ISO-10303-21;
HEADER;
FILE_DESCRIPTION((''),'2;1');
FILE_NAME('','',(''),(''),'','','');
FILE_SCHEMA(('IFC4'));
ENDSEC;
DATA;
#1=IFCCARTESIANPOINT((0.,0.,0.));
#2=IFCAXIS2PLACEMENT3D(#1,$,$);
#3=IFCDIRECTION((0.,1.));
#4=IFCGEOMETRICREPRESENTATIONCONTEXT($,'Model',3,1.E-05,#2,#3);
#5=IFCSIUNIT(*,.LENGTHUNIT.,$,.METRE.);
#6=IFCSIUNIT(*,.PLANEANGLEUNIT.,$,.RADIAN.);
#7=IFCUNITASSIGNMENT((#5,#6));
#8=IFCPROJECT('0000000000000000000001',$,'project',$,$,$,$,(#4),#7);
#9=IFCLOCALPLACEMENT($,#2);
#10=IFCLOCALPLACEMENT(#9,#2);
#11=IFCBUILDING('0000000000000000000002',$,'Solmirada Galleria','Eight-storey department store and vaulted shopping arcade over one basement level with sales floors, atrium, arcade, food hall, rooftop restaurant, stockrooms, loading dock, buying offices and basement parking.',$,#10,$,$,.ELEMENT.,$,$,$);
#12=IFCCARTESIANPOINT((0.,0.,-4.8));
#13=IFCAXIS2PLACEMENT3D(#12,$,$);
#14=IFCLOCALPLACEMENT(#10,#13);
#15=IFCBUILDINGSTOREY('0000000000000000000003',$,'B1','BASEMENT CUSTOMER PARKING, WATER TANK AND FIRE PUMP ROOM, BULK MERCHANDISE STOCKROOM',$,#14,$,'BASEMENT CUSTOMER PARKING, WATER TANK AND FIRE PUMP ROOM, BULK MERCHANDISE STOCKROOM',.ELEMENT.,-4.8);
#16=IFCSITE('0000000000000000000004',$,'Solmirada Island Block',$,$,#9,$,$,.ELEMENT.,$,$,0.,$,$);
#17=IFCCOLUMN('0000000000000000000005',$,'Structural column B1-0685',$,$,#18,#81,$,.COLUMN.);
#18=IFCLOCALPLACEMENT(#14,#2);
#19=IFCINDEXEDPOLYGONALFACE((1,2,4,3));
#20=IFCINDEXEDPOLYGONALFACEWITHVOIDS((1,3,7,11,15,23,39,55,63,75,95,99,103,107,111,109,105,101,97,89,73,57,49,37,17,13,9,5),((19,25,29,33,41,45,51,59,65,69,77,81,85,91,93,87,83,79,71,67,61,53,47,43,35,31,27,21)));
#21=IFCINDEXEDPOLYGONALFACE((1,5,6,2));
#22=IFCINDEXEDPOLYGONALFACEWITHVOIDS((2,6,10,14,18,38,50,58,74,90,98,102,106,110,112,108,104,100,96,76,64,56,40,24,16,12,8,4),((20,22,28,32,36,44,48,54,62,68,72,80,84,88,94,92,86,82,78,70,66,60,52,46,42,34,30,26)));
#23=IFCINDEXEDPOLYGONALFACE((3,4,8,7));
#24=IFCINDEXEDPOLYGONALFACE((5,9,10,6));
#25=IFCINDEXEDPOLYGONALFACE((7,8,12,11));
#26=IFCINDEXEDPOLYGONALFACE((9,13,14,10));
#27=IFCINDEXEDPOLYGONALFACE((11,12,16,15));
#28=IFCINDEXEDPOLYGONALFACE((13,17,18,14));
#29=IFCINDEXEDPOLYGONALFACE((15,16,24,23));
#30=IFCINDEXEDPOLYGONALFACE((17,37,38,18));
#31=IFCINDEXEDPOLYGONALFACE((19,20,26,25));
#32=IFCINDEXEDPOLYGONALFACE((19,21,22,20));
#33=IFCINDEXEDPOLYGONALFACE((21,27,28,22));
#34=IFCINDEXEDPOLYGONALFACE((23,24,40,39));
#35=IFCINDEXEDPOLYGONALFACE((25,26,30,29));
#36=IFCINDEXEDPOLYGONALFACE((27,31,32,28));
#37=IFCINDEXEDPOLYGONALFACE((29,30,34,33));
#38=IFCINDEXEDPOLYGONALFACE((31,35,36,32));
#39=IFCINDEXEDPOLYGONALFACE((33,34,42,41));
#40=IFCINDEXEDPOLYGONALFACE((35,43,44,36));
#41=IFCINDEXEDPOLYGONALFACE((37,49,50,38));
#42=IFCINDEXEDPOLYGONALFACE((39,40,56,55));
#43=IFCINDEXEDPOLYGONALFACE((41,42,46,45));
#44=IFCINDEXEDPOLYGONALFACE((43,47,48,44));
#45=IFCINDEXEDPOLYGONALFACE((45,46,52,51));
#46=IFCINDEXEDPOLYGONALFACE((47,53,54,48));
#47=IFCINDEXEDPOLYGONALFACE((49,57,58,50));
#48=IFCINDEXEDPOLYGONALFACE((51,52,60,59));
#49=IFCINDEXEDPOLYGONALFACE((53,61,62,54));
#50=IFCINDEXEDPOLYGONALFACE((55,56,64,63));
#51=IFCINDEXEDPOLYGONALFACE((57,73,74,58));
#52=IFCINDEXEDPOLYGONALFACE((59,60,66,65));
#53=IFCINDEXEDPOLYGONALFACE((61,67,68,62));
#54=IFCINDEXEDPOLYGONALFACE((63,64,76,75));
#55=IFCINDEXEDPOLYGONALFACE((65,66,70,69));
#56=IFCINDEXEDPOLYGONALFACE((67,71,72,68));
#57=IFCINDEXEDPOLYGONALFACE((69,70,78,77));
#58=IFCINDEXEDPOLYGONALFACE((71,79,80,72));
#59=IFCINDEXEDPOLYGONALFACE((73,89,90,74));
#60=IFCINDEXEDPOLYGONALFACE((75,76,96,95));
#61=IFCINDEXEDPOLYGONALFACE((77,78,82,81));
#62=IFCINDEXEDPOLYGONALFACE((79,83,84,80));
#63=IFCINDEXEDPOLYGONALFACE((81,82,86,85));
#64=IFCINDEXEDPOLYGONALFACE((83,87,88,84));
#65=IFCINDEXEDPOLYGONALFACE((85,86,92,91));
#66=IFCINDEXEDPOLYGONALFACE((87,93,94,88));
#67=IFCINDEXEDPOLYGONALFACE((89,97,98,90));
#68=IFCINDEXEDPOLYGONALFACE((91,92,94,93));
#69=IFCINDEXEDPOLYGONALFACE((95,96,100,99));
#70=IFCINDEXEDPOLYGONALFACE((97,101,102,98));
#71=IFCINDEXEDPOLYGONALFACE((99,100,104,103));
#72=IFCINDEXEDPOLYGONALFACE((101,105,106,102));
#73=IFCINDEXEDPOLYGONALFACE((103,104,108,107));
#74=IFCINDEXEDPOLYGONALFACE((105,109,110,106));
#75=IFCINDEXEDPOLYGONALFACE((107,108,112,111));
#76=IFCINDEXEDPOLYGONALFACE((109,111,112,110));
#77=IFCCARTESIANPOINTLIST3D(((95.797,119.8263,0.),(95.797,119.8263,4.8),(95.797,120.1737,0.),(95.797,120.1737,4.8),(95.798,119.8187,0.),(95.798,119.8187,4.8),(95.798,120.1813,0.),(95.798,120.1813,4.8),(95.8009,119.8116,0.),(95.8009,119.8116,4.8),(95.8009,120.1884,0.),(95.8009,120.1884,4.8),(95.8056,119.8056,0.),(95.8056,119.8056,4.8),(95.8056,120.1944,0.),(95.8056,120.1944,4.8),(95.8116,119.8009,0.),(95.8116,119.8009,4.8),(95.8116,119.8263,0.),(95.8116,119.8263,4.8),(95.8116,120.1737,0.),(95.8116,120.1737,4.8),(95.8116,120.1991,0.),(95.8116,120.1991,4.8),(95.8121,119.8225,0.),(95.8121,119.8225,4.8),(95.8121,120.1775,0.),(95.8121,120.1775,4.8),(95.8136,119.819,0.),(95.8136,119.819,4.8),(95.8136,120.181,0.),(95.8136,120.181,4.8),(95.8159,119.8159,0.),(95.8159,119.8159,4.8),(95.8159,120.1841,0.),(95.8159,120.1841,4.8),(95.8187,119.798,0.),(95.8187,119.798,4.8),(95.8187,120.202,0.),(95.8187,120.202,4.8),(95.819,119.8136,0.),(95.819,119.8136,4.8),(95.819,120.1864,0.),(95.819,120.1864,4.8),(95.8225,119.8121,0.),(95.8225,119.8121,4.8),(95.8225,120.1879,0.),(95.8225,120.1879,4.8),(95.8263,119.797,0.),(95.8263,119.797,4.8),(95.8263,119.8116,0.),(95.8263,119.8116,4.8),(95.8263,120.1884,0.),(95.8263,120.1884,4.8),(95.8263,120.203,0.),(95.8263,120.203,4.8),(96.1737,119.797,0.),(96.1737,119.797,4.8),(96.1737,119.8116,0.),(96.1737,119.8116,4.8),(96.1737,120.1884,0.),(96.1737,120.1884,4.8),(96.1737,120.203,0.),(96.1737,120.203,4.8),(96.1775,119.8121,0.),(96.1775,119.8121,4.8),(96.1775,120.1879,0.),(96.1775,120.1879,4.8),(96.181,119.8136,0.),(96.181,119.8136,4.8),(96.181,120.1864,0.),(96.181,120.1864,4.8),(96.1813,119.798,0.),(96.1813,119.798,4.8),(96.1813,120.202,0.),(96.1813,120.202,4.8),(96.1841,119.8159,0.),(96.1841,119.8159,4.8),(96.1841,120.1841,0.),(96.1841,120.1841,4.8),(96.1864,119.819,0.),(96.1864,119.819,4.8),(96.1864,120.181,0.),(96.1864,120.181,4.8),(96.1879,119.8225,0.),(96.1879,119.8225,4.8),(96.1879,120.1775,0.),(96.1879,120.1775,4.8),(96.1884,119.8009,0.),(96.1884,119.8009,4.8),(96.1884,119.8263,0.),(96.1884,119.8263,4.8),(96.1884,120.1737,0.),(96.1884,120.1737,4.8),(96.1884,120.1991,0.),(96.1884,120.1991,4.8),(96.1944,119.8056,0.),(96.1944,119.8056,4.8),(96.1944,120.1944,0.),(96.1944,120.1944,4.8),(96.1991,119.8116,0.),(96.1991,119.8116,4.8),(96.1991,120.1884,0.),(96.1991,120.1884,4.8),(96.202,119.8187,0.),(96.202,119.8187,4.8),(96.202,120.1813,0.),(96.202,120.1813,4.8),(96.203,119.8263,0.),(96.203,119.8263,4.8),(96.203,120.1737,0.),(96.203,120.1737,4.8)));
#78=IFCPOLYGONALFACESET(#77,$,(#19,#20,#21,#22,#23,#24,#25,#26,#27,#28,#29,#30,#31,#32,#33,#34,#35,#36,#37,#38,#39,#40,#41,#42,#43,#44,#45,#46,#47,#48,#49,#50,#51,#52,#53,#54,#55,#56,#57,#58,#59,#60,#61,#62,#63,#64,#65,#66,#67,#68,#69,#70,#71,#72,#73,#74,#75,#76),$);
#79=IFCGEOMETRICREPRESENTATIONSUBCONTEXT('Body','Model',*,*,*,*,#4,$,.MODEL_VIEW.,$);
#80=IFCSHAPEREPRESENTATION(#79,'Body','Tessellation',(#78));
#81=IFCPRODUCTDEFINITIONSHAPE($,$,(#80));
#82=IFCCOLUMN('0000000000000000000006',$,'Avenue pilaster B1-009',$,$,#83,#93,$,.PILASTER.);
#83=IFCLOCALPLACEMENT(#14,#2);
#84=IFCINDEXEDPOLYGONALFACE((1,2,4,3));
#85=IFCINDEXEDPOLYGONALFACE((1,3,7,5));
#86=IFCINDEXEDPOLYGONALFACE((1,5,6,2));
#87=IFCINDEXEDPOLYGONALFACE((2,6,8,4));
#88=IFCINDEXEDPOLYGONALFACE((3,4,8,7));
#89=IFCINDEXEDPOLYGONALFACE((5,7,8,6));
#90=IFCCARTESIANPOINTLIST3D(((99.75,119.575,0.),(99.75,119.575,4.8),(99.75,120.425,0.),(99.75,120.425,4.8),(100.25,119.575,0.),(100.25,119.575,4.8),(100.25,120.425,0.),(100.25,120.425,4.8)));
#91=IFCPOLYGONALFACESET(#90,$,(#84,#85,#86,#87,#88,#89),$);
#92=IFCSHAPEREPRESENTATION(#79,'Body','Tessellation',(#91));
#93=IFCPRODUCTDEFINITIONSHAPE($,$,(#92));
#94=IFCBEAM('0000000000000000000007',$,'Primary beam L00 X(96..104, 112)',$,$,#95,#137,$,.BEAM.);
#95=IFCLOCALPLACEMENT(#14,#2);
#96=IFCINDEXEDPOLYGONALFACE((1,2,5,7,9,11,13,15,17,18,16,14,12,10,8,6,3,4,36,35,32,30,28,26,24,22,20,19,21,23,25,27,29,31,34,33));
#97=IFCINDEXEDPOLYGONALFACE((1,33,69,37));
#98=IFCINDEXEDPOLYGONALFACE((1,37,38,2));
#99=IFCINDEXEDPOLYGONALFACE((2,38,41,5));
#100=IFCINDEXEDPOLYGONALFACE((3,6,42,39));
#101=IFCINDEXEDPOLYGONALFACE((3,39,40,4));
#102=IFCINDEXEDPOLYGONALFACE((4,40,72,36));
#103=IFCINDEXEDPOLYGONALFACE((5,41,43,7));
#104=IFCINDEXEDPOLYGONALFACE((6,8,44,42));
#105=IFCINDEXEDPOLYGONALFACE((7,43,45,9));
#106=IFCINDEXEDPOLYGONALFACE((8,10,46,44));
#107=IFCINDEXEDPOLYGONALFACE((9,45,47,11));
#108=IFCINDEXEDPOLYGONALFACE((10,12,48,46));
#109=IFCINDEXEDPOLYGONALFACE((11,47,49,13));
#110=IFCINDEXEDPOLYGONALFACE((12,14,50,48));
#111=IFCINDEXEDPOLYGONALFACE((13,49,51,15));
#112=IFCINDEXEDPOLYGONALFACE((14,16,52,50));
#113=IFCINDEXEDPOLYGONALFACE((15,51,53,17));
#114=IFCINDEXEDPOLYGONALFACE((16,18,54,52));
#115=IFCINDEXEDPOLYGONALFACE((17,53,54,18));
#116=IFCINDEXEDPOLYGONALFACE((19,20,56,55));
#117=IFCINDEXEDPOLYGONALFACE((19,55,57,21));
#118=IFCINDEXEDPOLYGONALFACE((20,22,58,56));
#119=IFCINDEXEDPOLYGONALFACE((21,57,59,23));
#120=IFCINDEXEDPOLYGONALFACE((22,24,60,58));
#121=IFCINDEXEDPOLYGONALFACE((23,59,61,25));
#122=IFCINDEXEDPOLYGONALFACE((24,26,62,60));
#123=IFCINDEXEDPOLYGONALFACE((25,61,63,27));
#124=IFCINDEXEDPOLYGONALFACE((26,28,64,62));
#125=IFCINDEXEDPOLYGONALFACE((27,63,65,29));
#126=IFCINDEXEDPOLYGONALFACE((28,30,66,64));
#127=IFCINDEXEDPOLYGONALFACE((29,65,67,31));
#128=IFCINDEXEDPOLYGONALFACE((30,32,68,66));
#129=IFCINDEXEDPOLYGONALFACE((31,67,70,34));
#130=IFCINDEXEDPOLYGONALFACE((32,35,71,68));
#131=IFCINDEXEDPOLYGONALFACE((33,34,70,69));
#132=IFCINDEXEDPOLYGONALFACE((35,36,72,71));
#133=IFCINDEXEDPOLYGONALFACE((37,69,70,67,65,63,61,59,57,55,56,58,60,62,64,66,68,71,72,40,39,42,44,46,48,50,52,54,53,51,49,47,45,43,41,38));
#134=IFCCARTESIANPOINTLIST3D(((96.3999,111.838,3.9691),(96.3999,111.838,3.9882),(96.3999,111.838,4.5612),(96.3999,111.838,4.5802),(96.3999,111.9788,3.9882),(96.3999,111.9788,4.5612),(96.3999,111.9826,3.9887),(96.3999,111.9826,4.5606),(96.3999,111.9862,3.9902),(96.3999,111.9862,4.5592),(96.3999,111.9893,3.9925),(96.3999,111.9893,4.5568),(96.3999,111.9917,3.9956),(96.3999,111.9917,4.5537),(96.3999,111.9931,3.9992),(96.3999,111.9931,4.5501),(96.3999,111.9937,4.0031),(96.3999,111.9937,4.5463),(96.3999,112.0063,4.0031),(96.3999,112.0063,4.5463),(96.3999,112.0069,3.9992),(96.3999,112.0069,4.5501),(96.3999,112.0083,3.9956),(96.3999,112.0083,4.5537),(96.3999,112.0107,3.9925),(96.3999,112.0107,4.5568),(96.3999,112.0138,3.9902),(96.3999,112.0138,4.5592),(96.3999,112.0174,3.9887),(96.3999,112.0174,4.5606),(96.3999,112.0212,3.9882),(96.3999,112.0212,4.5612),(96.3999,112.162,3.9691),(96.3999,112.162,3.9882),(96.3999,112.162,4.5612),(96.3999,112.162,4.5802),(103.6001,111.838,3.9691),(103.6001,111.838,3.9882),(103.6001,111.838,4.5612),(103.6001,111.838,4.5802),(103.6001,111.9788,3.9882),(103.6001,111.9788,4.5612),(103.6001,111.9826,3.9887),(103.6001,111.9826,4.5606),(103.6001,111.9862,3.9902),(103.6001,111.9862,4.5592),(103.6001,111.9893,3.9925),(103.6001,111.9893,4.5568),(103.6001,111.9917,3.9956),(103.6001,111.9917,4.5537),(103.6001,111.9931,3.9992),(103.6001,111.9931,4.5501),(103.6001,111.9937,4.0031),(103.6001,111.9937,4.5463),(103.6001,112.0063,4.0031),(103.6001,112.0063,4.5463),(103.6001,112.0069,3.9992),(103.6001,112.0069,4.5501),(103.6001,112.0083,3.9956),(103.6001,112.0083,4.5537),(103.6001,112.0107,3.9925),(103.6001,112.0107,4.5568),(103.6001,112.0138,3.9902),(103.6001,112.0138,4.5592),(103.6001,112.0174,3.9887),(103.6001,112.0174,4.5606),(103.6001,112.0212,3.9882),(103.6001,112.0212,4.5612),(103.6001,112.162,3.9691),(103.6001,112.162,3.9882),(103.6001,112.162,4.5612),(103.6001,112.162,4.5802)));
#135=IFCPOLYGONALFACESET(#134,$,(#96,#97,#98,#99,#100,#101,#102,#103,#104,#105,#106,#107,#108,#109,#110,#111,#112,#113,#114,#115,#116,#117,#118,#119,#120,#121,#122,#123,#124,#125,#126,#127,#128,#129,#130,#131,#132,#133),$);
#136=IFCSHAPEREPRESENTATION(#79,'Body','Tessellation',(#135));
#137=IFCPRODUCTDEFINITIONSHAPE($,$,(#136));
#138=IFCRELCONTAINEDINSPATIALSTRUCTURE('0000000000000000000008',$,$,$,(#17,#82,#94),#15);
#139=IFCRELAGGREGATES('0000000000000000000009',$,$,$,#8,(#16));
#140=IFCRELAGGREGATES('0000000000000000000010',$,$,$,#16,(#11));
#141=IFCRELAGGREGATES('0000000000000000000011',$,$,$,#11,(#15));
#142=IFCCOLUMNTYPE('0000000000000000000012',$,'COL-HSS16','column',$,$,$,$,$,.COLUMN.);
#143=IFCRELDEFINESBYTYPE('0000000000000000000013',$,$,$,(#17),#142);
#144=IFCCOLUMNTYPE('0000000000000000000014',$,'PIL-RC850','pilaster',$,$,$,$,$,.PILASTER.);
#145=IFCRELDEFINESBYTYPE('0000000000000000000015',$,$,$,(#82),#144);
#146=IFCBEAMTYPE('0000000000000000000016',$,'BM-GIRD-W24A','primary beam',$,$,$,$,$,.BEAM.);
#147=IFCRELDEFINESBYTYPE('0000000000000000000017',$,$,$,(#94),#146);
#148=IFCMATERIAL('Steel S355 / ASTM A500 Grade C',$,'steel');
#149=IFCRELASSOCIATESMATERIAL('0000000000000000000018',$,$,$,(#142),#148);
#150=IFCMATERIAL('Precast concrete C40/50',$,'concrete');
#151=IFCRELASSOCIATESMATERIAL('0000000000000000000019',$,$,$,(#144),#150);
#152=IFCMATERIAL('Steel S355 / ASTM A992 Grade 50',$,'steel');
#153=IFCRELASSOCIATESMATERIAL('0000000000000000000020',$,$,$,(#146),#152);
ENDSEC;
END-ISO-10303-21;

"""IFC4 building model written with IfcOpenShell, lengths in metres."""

from ifc_helpers import new_model, si_unit, direction, frame, origin, origin_2d, place, context, subcontext, project, spatial, rectangle, hollow_rectangle, i_section, extrude, material, material_profile, profile_set, type_object, element, save


model = new_model("IFC4")

# Units and contexts
model_context = context("Model", 3, precision=1e-05, world=origin(), true_north=direction((0.0, 1.0)))
body_context = subcontext(model_context, "Body", "Model", "MODEL_VIEW")
ifc_project = project(units=[si_unit("LENGTHUNIT", "METRE"), si_unit("PLANEANGLEUNIT", "RADIAN")], contexts=[model_context])

# Site, building, storey
site_placement = place(None, origin())
site = spatial("IfcSite", under=ifc_project, at=site_placement, Name="Solmirada Island Block", CompositionType="ELEMENT", RefElevation=0.0)
building_placement = place(site_placement, origin())
building = spatial("IfcBuilding", under=site, at=building_placement, Name="Solmirada Galleria", Description="Eight-storey department store and vaulted shopping arcade over one basement level with sales floors, atrium, arcade, food hall, rooftop restaurant, stockrooms, loading dock, buying offices and basement parking.", CompositionType="ELEMENT")
storey_placement = place(building_placement, frame((0.0, 0.0, -4.8)))
storey = spatial("IfcBuildingStorey", under=building, at=storey_placement, Name="B1", Description="BASEMENT CUSTOMER PARKING, WATER TANK AND FIRE PUMP ROOM, BULK MERCHANDISE STOCKROOM", LongName="BASEMENT CUSTOMER PARKING, WATER TANK AND FIRE PUMP ROOM, BULK MERCHANDISE STOCKROOM", CompositionType="ELEMENT", Elevation=-4.8)

# Columns
ifc_material_1 = material(Name="Steel S355 / ASTM A500 Grade C", Category="steel")
ifc_material_profile_1 = material_profile(ifc_material_1, hollow_rectangle(XDim=0.406, YDim=0.406, WallThickness=0.0146, InnerFilletRadius=0.0146, OuterFilletRadius=0.0293, at=origin_2d()), Name="HSS16X16X5/8")
ifc_profile_set_1 = profile_set([ifc_material_profile_1], Name="Steel S355 / ASTM A500 Grade C")
column_type_1 = type_object("IfcColumnType", Name="COL-HSS16", Description="column", PredefinedType="COLUMN", material=ifc_profile_set_1)
column_1_placement = place(storey_placement, frame((96.0, 120.0, 0.0), z_axis=(0.0, 0.0, 1.0), x_axis=(1.0, 0.0, 0.0)))
element("IfcColumn", 1, at=column_1_placement, inside=storey, type_object=column_type_1, Name="Structural column B1-0685", PredefinedType="COLUMN", context=body_context, shape_type="SweptSolid", body=[
    extrude(hollow_rectangle(XDim=0.406, YDim=0.406, WallThickness=0.0146, InnerFilletRadius=0.0146, OuterFilletRadius=0.0293, at=origin_2d()), origin(), (0.0, 0.0, 1.0), 4.8),
])
ifc_material_2 = material(Name="Precast concrete C40/50", Category="concrete")
ifc_material_profile_2 = material_profile(ifc_material_2, rectangle(XDim=0.5, YDim=0.8501, at=origin_2d()), Name="RC850X500")
ifc_profile_set_2 = profile_set([ifc_material_profile_2], Name="Precast concrete C40/50")
column_type_2 = type_object("IfcColumnType", Name="PIL-RC850", Description="pilaster", PredefinedType="PILASTER", material=ifc_profile_set_2)
column_2_placement = place(storey_placement, frame((100.0, 120.0, 0.0), z_axis=(0.0, 0.0, 1.0), x_axis=(1.0, 0.0, 0.0)))
element("IfcColumn", 2, at=column_2_placement, inside=storey, type_object=column_type_2, Name="Avenue pilaster B1-009", PredefinedType="PILASTER", context=body_context, shape_type="SweptSolid", body=[
    extrude(rectangle(XDim=0.5, YDim=0.8501, at=origin_2d()), origin(), (0.0, 0.0, 1.0), 4.8),
])

# Beam
ifc_material_3 = material(Name="Steel S355 / ASTM A992 Grade 50", Category="steel")
ifc_material_profile_3 = material_profile(ifc_material_3, i_section(OverallWidth=0.324, OverallDepth=0.6111, WebThickness=0.0127, FlangeThickness=0.019, FilletRadius=0.0149, at=origin_2d()), Name="W24X104")
ifc_profile_set_3 = profile_set([ifc_material_profile_3], Name="Steel S355 / ASTM A992 Grade 50")
beam_type_1 = type_object("IfcBeamType", Name="BM-GIRD-W24A", Description="primary beam", PredefinedType="BEAM", material=ifc_profile_set_3)
beam_1_placement = place(storey_placement, frame((96.3999, 112.0, 4.2747), z_axis=(1.0, 0.0, 0.0), x_axis=(0.0, 1.0, 0.0)))
element("IfcBeam", 3, at=beam_1_placement, inside=storey, type_object=beam_type_1, Name="Primary beam L00 X(96..104, 112)", PredefinedType="BEAM", context=body_context, shape_type="SweptSolid", body=[
    extrude(i_section(OverallWidth=0.324, OverallDepth=0.6111, WebThickness=0.0127, FlangeThickness=0.019, FilletRadius=0.0149, at=origin_2d()), origin(), (0.0, 0.0, 1.0), 7.2002),
])

save(model, "model.ifc")
